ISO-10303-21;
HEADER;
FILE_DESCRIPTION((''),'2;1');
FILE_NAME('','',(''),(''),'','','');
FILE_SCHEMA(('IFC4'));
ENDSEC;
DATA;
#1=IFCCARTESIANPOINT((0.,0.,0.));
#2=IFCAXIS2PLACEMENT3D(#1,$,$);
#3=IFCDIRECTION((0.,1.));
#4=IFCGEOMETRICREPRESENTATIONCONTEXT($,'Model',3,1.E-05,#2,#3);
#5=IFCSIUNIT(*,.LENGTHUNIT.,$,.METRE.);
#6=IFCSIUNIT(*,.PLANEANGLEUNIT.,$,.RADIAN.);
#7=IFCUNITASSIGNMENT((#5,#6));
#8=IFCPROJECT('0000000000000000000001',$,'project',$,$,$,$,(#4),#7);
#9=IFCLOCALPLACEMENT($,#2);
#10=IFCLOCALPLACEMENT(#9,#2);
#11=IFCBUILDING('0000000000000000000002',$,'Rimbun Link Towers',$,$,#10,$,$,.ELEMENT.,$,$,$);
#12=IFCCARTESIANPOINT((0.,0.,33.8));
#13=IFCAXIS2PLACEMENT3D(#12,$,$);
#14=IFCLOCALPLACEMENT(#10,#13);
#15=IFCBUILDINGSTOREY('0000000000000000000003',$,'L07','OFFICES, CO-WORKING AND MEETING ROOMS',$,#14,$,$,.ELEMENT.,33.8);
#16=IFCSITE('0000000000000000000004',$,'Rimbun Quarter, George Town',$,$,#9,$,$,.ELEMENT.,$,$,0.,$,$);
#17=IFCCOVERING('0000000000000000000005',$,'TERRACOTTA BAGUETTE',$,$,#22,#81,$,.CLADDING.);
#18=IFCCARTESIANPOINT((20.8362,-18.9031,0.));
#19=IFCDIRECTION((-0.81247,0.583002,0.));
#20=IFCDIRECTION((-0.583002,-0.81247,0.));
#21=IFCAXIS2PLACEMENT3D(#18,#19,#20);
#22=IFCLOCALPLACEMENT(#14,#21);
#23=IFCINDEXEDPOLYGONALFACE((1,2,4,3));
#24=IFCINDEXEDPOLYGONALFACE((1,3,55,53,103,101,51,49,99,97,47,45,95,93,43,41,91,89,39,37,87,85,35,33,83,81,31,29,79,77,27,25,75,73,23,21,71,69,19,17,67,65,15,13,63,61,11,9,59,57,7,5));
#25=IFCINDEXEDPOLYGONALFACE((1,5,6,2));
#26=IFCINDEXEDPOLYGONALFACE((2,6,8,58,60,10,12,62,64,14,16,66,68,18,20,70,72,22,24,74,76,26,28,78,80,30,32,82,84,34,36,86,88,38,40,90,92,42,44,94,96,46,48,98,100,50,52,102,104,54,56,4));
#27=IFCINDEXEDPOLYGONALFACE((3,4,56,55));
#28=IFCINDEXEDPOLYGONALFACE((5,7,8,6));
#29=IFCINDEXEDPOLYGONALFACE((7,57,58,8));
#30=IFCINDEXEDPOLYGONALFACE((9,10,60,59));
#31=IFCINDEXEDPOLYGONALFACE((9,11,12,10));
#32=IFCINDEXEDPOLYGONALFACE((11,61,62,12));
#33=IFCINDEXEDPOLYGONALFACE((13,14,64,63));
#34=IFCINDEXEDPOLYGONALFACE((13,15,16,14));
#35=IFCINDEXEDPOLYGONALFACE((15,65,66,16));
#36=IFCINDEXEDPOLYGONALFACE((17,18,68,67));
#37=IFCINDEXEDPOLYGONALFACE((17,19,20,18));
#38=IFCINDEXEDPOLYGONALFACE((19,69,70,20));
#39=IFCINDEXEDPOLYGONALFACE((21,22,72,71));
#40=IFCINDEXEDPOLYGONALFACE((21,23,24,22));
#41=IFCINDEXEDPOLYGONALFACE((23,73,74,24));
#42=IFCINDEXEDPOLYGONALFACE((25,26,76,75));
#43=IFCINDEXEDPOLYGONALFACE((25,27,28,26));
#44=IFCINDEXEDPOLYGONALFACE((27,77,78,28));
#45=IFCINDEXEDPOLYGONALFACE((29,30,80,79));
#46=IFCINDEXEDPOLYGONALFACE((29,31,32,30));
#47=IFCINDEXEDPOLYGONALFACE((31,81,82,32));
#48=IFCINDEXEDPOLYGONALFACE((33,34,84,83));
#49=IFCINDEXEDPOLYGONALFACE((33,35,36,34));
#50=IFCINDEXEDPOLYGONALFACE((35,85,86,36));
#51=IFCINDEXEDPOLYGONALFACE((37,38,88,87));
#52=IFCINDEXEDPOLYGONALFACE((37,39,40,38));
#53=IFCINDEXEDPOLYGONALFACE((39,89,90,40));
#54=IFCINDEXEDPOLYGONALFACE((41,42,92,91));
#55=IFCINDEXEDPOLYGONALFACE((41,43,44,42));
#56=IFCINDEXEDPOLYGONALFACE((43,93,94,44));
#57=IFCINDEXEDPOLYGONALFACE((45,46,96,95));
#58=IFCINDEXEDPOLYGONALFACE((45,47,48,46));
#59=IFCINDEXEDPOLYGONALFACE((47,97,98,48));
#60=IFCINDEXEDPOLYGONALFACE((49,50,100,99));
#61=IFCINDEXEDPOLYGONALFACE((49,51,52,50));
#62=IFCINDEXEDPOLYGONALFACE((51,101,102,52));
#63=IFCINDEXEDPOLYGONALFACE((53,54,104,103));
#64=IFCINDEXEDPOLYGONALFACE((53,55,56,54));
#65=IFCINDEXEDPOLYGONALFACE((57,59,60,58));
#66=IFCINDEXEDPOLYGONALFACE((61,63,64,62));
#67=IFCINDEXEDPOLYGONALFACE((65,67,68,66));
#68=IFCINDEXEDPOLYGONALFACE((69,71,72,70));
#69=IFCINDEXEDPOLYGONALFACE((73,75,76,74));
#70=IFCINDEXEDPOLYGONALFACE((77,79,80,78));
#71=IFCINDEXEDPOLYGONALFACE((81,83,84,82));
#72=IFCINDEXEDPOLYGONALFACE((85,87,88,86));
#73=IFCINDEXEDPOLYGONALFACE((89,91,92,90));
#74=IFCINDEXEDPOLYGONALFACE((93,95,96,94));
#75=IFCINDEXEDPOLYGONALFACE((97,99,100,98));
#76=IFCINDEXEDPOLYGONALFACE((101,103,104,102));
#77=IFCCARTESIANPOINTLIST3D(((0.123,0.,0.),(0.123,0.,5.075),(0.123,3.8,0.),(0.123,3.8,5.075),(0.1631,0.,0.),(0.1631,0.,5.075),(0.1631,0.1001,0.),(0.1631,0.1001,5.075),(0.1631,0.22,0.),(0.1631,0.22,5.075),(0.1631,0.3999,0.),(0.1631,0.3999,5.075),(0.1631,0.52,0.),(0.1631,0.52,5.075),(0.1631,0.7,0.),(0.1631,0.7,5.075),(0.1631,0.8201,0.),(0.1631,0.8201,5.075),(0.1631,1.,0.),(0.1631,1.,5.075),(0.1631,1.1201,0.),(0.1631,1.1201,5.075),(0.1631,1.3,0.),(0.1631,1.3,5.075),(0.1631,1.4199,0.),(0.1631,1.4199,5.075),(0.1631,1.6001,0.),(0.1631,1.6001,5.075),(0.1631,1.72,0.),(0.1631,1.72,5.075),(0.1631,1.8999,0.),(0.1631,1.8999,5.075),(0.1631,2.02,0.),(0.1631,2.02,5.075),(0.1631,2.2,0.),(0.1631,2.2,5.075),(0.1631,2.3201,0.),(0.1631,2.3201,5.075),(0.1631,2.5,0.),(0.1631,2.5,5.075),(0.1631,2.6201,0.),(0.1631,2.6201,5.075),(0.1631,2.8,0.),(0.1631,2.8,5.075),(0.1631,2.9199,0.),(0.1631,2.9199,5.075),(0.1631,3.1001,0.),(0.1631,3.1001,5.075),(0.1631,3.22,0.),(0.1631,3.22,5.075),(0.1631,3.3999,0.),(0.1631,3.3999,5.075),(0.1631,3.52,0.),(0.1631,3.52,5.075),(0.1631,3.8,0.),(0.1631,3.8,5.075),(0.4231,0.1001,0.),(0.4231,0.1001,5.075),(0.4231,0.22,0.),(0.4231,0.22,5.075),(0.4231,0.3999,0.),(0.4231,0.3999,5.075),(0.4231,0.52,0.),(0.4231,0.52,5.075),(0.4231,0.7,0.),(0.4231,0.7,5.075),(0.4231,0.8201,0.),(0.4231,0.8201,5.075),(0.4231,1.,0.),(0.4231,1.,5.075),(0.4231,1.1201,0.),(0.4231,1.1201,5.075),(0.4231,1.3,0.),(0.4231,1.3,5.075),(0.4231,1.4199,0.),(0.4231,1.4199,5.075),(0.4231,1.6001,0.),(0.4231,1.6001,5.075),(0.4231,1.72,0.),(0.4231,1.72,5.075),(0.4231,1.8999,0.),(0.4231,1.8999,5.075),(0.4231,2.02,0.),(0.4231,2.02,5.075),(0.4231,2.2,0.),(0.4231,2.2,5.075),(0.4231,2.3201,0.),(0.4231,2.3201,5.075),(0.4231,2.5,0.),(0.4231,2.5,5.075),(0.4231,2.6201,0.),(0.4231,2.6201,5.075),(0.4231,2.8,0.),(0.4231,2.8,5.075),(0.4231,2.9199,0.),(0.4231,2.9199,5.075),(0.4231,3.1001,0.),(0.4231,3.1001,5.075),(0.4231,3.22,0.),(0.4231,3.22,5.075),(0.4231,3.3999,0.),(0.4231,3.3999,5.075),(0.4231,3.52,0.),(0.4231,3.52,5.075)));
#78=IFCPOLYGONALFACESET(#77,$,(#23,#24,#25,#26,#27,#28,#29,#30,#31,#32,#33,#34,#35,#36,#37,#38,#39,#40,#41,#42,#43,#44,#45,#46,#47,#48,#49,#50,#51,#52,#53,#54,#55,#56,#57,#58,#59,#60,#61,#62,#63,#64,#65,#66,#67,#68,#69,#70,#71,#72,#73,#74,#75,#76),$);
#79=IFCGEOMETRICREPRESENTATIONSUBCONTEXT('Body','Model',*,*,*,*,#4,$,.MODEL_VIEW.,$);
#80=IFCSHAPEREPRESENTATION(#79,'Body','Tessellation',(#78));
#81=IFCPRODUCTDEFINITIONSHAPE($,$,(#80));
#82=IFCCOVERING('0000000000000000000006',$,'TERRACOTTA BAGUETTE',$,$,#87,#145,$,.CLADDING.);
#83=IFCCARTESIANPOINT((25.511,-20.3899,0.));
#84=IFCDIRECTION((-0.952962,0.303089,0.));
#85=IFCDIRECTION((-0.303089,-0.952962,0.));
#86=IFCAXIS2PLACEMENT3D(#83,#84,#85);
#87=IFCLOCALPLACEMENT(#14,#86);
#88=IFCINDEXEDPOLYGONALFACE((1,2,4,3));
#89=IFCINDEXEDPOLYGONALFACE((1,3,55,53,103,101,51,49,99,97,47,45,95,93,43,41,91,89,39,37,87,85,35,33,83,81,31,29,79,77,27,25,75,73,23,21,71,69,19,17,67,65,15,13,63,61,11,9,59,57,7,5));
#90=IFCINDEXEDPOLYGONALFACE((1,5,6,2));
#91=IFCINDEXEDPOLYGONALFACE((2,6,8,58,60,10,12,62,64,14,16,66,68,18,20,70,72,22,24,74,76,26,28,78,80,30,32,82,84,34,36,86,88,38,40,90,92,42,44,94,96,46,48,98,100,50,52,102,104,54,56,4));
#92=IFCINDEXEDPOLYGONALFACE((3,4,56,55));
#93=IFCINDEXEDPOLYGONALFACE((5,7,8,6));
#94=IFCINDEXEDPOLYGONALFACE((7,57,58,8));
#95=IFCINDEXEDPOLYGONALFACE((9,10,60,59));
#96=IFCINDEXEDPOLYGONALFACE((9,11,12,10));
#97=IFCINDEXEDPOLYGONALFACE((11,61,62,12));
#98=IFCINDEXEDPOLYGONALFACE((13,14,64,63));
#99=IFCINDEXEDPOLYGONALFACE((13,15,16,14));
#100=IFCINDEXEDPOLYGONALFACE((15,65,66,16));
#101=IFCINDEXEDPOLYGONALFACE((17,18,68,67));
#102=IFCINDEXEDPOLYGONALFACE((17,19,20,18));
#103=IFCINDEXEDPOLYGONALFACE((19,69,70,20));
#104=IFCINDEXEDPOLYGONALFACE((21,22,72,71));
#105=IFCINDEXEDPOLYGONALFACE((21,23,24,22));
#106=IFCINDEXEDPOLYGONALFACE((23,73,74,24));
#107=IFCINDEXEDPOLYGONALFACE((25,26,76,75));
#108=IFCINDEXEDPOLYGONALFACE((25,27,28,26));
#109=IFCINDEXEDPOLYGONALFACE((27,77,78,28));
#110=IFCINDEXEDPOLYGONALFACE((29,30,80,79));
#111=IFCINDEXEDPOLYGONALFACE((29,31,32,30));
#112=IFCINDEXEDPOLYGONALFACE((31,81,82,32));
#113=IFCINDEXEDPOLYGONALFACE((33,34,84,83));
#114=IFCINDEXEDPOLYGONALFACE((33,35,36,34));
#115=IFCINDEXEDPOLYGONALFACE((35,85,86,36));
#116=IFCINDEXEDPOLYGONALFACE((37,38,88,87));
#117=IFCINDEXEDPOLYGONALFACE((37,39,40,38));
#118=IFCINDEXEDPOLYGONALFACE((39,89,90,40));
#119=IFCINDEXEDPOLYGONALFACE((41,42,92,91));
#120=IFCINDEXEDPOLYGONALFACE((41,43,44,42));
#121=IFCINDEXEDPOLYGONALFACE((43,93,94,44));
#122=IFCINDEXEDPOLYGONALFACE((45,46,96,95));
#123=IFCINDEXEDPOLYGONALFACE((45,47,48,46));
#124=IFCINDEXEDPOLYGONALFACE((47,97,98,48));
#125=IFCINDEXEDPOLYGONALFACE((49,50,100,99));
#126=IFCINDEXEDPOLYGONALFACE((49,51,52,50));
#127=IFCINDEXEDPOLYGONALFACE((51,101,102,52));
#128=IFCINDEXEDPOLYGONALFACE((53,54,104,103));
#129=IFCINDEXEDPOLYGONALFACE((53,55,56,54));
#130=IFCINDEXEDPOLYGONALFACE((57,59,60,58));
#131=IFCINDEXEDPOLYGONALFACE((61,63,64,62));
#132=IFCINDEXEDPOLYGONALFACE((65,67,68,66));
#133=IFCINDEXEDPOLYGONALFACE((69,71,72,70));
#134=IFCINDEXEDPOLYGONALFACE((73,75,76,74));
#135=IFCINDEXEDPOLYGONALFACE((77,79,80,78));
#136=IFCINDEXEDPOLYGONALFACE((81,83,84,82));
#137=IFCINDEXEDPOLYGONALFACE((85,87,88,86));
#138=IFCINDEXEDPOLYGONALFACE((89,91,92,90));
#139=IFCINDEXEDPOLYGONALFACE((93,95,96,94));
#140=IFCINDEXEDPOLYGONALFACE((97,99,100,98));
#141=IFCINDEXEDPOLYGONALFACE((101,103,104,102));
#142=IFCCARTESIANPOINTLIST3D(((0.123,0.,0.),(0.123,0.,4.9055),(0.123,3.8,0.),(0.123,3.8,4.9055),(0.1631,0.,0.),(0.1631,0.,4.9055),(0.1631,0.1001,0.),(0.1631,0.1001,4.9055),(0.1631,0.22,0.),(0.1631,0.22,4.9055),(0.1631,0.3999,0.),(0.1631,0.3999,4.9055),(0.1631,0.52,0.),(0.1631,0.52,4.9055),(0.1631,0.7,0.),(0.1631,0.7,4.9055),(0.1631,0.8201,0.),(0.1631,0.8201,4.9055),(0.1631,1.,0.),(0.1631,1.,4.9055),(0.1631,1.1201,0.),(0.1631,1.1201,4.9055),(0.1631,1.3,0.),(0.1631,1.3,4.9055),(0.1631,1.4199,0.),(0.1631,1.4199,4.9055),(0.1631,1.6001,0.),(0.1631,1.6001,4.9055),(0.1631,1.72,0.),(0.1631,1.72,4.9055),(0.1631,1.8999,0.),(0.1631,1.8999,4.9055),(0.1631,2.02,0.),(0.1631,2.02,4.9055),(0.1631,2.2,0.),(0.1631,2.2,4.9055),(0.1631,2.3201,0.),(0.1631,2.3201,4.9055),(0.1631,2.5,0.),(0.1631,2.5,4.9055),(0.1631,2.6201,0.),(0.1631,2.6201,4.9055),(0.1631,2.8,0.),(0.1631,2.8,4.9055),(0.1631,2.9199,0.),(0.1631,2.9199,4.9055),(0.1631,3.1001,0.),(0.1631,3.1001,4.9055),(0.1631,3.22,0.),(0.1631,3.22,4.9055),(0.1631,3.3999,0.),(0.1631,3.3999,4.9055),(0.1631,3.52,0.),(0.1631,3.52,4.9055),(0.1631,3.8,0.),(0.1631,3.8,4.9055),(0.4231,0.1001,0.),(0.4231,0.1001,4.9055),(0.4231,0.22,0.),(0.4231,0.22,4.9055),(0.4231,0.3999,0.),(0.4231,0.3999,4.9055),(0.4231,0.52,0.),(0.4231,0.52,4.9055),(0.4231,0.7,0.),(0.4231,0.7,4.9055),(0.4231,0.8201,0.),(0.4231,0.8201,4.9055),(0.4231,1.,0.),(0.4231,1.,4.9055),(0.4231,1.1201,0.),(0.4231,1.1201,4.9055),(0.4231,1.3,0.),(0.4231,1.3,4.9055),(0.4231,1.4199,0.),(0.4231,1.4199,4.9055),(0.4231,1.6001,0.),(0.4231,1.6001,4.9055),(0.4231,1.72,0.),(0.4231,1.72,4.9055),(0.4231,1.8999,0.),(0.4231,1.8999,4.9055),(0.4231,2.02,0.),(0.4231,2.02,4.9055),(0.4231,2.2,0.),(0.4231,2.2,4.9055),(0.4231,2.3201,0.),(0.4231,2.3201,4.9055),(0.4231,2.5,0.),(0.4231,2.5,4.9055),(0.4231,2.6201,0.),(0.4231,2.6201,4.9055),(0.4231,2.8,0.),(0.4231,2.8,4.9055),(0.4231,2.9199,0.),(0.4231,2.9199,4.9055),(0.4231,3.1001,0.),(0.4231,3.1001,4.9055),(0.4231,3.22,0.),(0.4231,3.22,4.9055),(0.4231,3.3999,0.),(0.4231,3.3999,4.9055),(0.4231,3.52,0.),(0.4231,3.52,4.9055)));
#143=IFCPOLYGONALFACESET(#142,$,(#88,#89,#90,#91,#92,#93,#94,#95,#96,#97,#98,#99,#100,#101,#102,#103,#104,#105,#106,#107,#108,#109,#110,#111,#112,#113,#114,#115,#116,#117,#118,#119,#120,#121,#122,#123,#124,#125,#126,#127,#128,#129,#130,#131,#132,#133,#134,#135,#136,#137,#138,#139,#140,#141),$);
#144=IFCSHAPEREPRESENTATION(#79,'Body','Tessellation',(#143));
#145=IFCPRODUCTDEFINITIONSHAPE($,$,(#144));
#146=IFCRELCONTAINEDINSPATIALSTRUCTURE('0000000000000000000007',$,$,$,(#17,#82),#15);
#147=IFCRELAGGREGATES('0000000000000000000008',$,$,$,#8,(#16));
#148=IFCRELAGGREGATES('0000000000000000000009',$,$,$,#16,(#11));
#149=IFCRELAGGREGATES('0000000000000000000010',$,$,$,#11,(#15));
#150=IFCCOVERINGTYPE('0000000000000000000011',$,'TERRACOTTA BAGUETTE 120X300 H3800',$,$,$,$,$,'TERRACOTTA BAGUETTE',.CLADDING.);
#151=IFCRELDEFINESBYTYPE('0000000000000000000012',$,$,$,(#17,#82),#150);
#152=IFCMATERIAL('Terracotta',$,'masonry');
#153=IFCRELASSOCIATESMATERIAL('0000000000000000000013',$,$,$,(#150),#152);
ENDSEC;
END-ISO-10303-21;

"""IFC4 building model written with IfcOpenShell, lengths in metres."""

from ifc_helpers import new_model, si_unit, direction, frame, origin, place, context, subcontext, project, spatial, polyline, outline, extrude, material, material_profile, profile_set, type_object, element, save


model = new_model("IFC4")

# Units and contexts
model_context = context("Model", 3, precision=1e-05, world=origin(), true_north=direction((0.0, 1.0)))
body_context = subcontext(model_context, "Body", "Model", "MODEL_VIEW")
ifc_project = project(units=[si_unit("LENGTHUNIT", "METRE"), si_unit("PLANEANGLEUNIT", "RADIAN")], contexts=[model_context])

# Site, building, storey
site_placement = place(None, origin())
site = spatial("IfcSite", under=ifc_project, at=site_placement, Name="Rimbun Quarter, George Town", CompositionType="ELEMENT", RefElevation=0.0)
building_placement = place(site_placement, origin())
building = spatial("IfcBuilding", under=site, at=building_placement, Name="Rimbun Link Towers", CompositionType="ELEMENT")
storey_placement = place(building_placement, frame((0.0, 0.0, 33.8)))
storey = spatial("IfcBuildingStorey", under=building, at=storey_placement, Name="L07", Description="OFFICES, CO-WORKING AND MEETING ROOMS", CompositionType="ELEMENT", Elevation=33.8)

# Coverings
ifc_material_1 = material(Name="Terracotta", Category="masonry")
ifc_material_profile_1 = material_profile(ifc_material_1, outline(polyline([(0.123, 0.0), (0.1631, 0.0), (0.1631, 0.1001), (0.4231, 0.1001), (0.4231, 0.22), (0.1631, 0.22), (0.1631, 0.3999), (0.4231, 0.3999), (0.4231, 0.52), (0.1631, 0.52), (0.1631, 0.7), (0.4231, 0.7), (0.4231, 0.8201), (0.1631, 0.8201), (0.1631, 1.0), (0.4231, 1.0), (0.4231, 1.1201), (0.1631, 1.1201), (0.1631, 1.3), (0.4231, 1.3), (0.4231, 1.4199), (0.1631, 1.4199), (0.1631, 1.6001), (0.4231, 1.6001), (0.4231, 1.72), (0.1631, 1.72), (0.1631, 1.8999), (0.4231, 1.8999), (0.4231, 2.02), (0.1631, 2.02), (0.1631, 2.2), (0.4231, 2.2), (0.4231, 2.3201), (0.1631, 2.3201), (0.1631, 2.5), (0.4231, 2.5), (0.4231, 2.6201), (0.1631, 2.6201), (0.1631, 2.8), (0.4231, 2.8), (0.4231, 2.9199), (0.1631, 2.9199), (0.1631, 3.1001), (0.4231, 3.1001), (0.4231, 3.22), (0.1631, 3.22), (0.1631, 3.3999), (0.4231, 3.3999), (0.4231, 3.52), (0.1631, 3.52), (0.1631, 3.8), (0.123, 3.8), (0.123, 0.0)])), Name="BAGUETTE 120X300")
ifc_profile_set_1 = profile_set([ifc_material_profile_1], Name="Terracotta")
covering_type = type_object("IfcCoveringType", Name="TERRACOTTA BAGUETTE 120X300 H3800", ElementType="TERRACOTTA BAGUETTE", PredefinedType="CLADDING", material=ifc_profile_set_1)
covering_1_placement = place(storey_placement, frame((20.8362, -18.9031, 0.0), z_axis=(-0.81247, 0.583002, 0.0), x_axis=(-0.583002, -0.81247, 0.0)))
element("IfcCovering", 1, at=covering_1_placement, inside=storey, type_object=covering_type, Name="TERRACOTTA BAGUETTE", PredefinedType="CLADDING", context=body_context, shape_type="SweptSolid", body=[
    extrude(outline(polyline([(0.123, 0.0), (0.1631, 0.0), (0.1631, 0.1001), (0.4231, 0.1001), (0.4231, 0.22), (0.1631, 0.22), (0.1631, 0.3999), (0.4231, 0.3999), (0.4231, 0.52), (0.1631, 0.52), (0.1631, 0.7), (0.4231, 0.7), (0.4231, 0.8201), (0.1631, 0.8201), (0.1631, 1.0), (0.4231, 1.0), (0.4231, 1.1201), (0.1631, 1.1201), (0.1631, 1.3), (0.4231, 1.3), (0.4231, 1.4199), (0.1631, 1.4199), (0.1631, 1.6001), (0.4231, 1.6001), (0.4231, 1.72), (0.1631, 1.72), (0.1631, 1.8999), (0.4231, 1.8999), (0.4231, 2.02), (0.1631, 2.02), (0.1631, 2.2), (0.4231, 2.2), (0.4231, 2.3201), (0.1631, 2.3201), (0.1631, 2.5), (0.4231, 2.5), (0.4231, 2.6201), (0.1631, 2.6201), (0.1631, 2.8), (0.4231, 2.8), (0.4231, 2.9199), (0.1631, 2.9199), (0.1631, 3.1001), (0.4231, 3.1001), (0.4231, 3.22), (0.1631, 3.22), (0.1631, 3.3999), (0.4231, 3.3999), (0.4231, 3.52), (0.1631, 3.52), (0.1631, 3.8), (0.123, 3.8), (0.123, 0.0)])), origin(), (0.0, 0.0, 1.0), 5.075),
])
covering_2_placement = place(storey_placement, frame((25.511, -20.3899, 0.0), z_axis=(-0.952962, 0.303089, 0.0), x_axis=(-0.303089, -0.952962, 0.0)))
element("IfcCovering", 2, at=covering_2_placement, inside=storey, type_object=covering_type, Name="TERRACOTTA BAGUETTE", PredefinedType="CLADDING", context=body_context, shape_type="SweptSolid", body=[
    extrude(outline(polyline([(0.123, 0.0), (0.1631, 0.0), (0.1631, 0.1001), (0.4231, 0.1001), (0.4231, 0.22), (0.1631, 0.22), (0.1631, 0.3999), (0.4231, 0.3999), (0.4231, 0.52), (0.1631, 0.52), (0.1631, 0.7), (0.4231, 0.7), (0.4231, 0.8201), (0.1631, 0.8201), (0.1631, 1.0), (0.4231, 1.0), (0.4231, 1.1201), (0.1631, 1.1201), (0.1631, 1.3), (0.4231, 1.3), (0.4231, 1.4199), (0.1631, 1.4199), (0.1631, 1.6001), (0.4231, 1.6001), (0.4231, 1.72), (0.1631, 1.72), (0.1631, 1.8999), (0.4231, 1.8999), (0.4231, 2.02), (0.1631, 2.02), (0.1631, 2.2), (0.4231, 2.2), (0.4231, 2.3201), (0.1631, 2.3201), (0.1631, 2.5), (0.4231, 2.5), (0.4231, 2.6201), (0.1631, 2.6201), (0.1631, 2.8), (0.4231, 2.8), (0.4231, 2.9199), (0.1631, 2.9199), (0.1631, 3.1001), (0.4231, 3.1001), (0.4231, 3.22), (0.1631, 3.22), (0.1631, 3.3999), (0.4231, 3.3999), (0.4231, 3.52), (0.1631, 3.52), (0.1631, 3.8), (0.123, 3.8), (0.123, 0.0)])), origin(), (0.0, 0.0, 1.0), 4.9055),
])

save(model, "model.ifc")
